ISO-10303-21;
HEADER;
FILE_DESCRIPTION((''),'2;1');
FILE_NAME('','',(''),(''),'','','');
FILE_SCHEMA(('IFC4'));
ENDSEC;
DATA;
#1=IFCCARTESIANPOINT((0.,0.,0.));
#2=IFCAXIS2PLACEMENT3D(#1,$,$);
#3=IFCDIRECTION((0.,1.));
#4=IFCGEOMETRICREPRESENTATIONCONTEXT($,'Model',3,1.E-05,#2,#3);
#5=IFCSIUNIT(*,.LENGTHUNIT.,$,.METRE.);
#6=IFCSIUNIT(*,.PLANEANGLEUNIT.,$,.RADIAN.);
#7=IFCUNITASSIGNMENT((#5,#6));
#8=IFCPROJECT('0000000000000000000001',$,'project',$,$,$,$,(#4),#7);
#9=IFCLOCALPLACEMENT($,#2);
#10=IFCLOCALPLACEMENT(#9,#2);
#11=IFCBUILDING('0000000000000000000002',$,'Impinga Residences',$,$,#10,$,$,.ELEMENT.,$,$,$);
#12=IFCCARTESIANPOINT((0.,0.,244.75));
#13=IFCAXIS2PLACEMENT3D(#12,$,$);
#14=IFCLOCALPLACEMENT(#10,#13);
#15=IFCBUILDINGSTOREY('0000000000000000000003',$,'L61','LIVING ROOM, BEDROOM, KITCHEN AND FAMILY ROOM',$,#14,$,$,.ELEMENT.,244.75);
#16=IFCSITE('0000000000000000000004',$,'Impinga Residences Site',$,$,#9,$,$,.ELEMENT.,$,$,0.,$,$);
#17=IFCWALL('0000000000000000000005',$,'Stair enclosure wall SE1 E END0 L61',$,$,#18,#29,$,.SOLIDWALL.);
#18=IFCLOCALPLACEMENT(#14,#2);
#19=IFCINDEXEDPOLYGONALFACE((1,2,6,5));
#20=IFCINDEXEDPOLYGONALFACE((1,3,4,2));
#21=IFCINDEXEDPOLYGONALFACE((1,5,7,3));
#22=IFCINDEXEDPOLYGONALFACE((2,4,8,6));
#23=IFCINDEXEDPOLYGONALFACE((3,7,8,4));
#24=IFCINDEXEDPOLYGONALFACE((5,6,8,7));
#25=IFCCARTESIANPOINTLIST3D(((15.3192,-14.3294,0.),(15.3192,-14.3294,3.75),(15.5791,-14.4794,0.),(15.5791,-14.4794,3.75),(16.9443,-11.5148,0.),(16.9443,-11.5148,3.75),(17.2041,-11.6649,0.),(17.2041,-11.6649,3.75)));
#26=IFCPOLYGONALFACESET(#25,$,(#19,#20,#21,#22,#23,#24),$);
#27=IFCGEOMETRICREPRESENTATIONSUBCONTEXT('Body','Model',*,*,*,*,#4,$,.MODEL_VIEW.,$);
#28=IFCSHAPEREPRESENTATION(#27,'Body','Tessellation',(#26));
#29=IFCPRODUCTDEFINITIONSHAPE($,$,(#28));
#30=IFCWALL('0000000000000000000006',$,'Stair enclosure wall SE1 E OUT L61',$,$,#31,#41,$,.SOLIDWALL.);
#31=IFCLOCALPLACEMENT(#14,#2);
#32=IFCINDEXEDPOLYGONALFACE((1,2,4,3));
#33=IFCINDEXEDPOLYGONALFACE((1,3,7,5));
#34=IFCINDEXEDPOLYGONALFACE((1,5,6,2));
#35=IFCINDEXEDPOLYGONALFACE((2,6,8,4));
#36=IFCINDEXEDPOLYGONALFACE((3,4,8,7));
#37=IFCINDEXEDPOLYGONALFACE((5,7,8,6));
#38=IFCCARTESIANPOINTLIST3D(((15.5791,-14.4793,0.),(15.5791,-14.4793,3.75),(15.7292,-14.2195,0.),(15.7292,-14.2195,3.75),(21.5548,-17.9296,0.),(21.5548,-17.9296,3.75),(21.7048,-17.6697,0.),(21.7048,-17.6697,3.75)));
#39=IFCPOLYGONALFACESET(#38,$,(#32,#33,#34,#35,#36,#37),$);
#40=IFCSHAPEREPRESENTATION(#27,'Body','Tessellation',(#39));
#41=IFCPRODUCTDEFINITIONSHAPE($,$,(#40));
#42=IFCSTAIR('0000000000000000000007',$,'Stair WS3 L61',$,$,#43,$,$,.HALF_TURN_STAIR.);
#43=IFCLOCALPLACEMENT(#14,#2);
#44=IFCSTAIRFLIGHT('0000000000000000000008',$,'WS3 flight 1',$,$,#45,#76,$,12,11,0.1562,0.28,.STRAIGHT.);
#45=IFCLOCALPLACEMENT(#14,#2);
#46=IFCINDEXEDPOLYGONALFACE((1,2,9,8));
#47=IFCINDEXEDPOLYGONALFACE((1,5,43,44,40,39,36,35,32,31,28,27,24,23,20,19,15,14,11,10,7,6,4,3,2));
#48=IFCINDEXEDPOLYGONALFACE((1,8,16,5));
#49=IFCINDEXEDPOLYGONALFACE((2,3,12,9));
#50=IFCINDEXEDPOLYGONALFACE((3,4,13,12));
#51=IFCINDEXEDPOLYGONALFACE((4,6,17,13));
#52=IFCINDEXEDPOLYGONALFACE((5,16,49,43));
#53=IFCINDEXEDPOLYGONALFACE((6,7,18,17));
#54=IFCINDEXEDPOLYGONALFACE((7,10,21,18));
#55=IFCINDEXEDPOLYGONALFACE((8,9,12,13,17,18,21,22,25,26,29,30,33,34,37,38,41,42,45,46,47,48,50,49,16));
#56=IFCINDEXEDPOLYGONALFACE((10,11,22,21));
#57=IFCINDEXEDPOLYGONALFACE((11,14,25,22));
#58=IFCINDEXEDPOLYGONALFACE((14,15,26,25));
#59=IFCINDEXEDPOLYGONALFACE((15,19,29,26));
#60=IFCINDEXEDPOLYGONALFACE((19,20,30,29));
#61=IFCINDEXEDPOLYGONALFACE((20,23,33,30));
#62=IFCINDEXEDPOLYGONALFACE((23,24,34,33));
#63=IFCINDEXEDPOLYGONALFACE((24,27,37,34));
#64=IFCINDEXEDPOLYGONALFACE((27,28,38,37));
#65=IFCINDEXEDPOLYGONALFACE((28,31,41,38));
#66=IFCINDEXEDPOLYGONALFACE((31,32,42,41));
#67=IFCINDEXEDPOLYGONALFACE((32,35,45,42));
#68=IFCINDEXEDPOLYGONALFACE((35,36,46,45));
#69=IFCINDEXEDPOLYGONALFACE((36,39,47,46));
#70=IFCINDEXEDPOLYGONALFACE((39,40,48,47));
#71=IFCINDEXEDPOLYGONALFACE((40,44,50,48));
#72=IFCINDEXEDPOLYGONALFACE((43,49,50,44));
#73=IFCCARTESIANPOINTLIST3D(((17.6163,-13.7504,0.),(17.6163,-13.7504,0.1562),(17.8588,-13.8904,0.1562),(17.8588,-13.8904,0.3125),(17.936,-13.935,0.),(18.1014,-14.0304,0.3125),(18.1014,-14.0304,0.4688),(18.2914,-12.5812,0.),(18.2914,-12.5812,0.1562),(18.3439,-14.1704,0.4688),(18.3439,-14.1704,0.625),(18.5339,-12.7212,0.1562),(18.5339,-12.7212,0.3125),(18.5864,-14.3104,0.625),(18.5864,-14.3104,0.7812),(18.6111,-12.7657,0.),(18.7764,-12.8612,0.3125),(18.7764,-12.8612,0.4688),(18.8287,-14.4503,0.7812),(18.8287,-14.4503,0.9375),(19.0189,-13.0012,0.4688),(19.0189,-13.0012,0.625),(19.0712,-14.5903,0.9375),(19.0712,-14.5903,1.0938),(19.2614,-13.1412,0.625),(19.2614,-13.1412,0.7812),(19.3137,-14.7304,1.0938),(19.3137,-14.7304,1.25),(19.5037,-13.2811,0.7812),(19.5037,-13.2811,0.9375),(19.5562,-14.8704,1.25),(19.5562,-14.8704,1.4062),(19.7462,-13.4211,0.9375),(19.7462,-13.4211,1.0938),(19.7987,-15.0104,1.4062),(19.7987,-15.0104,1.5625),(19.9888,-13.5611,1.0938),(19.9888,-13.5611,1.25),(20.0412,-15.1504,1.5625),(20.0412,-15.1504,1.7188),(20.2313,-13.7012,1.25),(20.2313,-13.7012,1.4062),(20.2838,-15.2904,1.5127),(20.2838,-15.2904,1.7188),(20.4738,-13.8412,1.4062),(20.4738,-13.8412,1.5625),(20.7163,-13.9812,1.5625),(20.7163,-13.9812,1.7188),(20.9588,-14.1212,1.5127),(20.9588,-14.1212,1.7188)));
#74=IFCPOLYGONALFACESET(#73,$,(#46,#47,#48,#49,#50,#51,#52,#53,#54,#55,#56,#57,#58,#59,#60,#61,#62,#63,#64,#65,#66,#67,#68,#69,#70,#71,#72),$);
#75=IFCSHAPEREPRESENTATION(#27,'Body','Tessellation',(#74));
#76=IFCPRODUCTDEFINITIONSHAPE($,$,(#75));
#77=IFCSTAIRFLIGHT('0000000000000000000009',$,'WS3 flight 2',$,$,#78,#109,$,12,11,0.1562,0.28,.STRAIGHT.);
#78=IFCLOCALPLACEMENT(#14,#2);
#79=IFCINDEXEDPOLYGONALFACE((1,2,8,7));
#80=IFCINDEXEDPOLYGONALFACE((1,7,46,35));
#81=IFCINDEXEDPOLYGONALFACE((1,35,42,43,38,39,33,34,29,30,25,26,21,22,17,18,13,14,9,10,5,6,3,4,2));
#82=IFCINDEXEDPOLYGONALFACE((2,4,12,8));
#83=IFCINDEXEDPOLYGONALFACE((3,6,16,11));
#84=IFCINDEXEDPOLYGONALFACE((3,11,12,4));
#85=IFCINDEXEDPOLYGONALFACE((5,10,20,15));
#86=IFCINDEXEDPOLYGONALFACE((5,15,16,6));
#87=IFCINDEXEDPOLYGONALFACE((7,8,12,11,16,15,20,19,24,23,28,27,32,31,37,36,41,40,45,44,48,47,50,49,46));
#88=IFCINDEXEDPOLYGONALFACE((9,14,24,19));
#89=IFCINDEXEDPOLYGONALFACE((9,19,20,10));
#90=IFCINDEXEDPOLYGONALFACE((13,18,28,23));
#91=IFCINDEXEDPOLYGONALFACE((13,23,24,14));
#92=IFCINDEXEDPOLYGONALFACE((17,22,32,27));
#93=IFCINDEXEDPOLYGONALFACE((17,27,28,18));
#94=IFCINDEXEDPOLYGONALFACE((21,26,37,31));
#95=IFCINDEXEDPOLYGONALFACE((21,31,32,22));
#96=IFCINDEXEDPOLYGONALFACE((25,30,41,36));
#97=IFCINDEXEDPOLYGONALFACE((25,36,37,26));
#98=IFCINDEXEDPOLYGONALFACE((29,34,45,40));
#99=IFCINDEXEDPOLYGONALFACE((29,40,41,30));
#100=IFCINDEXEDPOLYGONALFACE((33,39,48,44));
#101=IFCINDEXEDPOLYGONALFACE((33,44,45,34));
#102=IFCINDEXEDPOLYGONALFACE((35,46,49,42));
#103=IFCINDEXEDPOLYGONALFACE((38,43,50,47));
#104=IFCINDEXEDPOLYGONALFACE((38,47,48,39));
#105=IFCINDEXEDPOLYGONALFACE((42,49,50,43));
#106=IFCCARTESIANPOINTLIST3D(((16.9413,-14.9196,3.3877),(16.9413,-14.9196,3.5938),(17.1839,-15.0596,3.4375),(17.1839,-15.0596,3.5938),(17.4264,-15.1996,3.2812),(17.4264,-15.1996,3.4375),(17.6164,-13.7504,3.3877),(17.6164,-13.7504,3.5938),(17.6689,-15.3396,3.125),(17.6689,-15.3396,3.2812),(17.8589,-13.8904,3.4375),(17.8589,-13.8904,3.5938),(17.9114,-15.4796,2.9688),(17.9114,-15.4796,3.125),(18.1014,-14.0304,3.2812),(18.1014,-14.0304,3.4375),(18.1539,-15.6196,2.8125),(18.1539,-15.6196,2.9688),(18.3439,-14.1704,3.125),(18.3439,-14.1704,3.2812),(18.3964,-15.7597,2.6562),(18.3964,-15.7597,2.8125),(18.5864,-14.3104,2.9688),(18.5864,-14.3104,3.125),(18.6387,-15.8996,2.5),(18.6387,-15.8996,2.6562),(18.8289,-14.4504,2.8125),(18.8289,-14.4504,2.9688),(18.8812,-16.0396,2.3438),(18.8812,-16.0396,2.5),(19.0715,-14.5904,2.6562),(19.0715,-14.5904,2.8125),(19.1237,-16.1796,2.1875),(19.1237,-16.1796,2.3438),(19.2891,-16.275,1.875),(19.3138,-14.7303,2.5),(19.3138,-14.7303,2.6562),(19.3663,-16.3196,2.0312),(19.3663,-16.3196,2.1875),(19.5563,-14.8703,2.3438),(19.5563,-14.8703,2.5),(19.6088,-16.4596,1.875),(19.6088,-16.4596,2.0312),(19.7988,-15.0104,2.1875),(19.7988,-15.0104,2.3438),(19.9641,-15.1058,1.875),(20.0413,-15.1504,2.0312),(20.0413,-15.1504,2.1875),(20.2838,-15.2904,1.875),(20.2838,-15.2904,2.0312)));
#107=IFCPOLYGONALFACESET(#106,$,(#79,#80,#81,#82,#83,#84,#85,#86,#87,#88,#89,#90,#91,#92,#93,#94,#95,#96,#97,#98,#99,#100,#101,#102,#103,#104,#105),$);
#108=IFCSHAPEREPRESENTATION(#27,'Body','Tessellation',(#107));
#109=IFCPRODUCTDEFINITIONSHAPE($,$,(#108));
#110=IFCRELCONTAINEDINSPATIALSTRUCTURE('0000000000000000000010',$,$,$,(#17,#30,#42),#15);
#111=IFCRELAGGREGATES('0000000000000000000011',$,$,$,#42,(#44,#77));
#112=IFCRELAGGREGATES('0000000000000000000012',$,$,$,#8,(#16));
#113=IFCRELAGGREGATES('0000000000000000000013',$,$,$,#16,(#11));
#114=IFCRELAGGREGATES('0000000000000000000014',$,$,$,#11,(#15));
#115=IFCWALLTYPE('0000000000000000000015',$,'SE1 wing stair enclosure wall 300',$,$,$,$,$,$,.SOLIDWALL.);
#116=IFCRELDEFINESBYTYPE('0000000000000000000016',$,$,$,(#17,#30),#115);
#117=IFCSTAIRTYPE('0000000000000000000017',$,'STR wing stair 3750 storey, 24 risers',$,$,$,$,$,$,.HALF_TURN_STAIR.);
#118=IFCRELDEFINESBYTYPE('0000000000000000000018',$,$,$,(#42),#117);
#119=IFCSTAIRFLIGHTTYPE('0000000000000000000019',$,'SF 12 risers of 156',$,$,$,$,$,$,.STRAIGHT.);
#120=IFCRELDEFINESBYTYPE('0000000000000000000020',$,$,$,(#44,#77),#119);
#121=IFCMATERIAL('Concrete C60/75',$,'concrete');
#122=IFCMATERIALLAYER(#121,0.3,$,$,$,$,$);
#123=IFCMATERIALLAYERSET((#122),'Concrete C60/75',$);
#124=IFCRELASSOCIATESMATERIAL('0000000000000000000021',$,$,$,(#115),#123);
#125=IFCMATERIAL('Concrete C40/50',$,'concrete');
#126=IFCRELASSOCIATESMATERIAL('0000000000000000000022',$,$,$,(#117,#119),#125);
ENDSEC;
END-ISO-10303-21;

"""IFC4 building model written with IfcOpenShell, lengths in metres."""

from ifc_helpers import new_model, si_unit, direction, frame, frame_2d, origin, place, context, subcontext, project, spatial, polyline, rectangle, outline, extrude, material, layer, layer_set, type_object, element, aggregate, save


model = new_model("IFC4")

# Units and contexts
model_context = context("Model", 3, precision=1e-05, world=origin(), true_north=direction((0.0, 1.0)))
body_context = subcontext(model_context, "Body", "Model", "MODEL_VIEW")
ifc_project = project(units=[si_unit("LENGTHUNIT", "METRE"), si_unit("PLANEANGLEUNIT", "RADIAN")], contexts=[model_context])

# Site, building, storey
site_placement = place(None, origin())
site = spatial("IfcSite", under=ifc_project, at=site_placement, Name="Impinga Residences Site", CompositionType="ELEMENT", RefElevation=0.0)
building_placement = place(site_placement, origin())
building = spatial("IfcBuilding", under=site, at=building_placement, Name="Impinga Residences", CompositionType="ELEMENT")
storey_placement = place(building_placement, frame((0.0, 0.0, 244.75)))
storey = spatial("IfcBuildingStorey", under=building, at=storey_placement, Name="L61", Description="LIVING ROOM, BEDROOM, KITCHEN AND FAMILY ROOM", CompositionType="ELEMENT", Elevation=244.75)

# Shared definitions
ifc_material_1 = material(Name="Concrete C60/75", Category="concrete")

# Walls
ifc_layer_1 = layer(ifc_material_1, 0.3)
ifc_layer_set_1 = layer_set([ifc_layer_1], Name="Concrete C60/75")
wall_type_1 = type_object("IfcWallType", Name="SE1 wing stair enclosure wall 300", PredefinedType="SOLIDWALL", material=ifc_layer_set_1)
wall_1_placement = place(storey_placement, frame((17.0742, -11.5898, 0.0), z_axis=(0.0, 0.0, 1.0), x_axis=(-0.500017, -0.866015, 0.0)))
element("IfcWall", 1, at=wall_1_placement, inside=storey, type_object=wall_type_1, Name="Stair enclosure wall SE1 E END0 L61", PredefinedType="SOLIDWALL", context=body_context, shape_type="SweptSolid", body=[
    extrude(rectangle(XDim=3.25, YDim=0.3, at=frame_2d((1.625, 0.0))), origin(), (0.0, 0.0, 1.0), 3.75),
])
wall_2_placement = place(storey_placement, frame((15.6541, -14.3494, 0.0), z_axis=(0.0, 0.0, 1.0), x_axis=(0.866014, -0.500021, 0.0)))
element("IfcWall", 2, at=wall_2_placement, inside=storey, type_object=wall_type_1, Name="Stair enclosure wall SE1 E OUT L61", PredefinedType="SOLIDWALL", context=body_context, shape_type="SweptSolid", body=[
    extrude(rectangle(XDim=6.9001, YDim=0.3, at=frame_2d((3.4502, 0.0))), origin(), (0.0, 0.0, 1.0), 3.75),
])

# Stair, stair flights
ifc_material_2 = material(Name="Concrete C40/50", Category="concrete")
stair_type = type_object("IfcStairType", Name="STR wing stair 3750 storey, 24 risers", PredefinedType="HALF_TURN_STAIR", material=ifc_material_2)
stair_placement = place(storey_placement, origin())
stair = element("IfcStair", 3, at=stair_placement, inside=storey, type_object=stair_type, Name="Stair WS3 L61", PredefinedType="HALF_TURN_STAIR")
stair_flight_type = type_object("IfcStairFlightType", Name="SF 12 risers of 156", PredefinedType="STRAIGHT", material=ifc_material_2)
stair_flight_1_placement = place(storey_placement, frame((17.9539, -13.1658, 0.0), z_axis=(0.0, 0.0, 1.0), x_axis=(0.866025, -0.5, 0.0)))
stair_flight_1 = element("IfcStairFlight", 4, at=stair_flight_1_placement, type_object=stair_flight_type, Name="WS3 flight 1", NumberOfRisers=12, NumberOfTreads=11, PredefinedType="STRAIGHT", RiserHeight=0.1562, TreadLength=0.28, context=body_context, shape_type="SweptSolid", body=[
    extrude(outline(polyline([(0.0, 0.0), (0.0, 0.1562), (0.28, 0.1562), (0.28, 0.3125), (0.5601, 0.3125), (0.5601, 0.4688), (0.8401, 0.4688), (0.8401, 0.625), (1.1201, 0.625), (1.1201, 0.7812), (1.3999, 0.7812), (1.3999, 0.9375), (1.6799, 0.9375), (1.6799, 1.0938), (1.96, 1.0938), (1.96, 1.25), (2.24, 1.25), (2.24, 1.4062), (2.52, 1.4062), (2.52, 1.5625), (2.8, 1.5625), (2.8, 1.7188), (3.0801, 1.7188), (3.0801, 1.875), (3.0801, 1.5127), (0.3691, 0.0), (0.0, 0.0)])), frame((0.0, 0.675, 0.0), z_axis=(0.0, -1.0, 0.0), x_axis=(1.0, 0.0, 0.0)), (0.0, 0.0, 1.0), 1.3501),
])
stair_flight_2_placement = place(storey_placement, frame((19.9463, -15.875, 1.875), z_axis=(0.0, 0.0, 1.0), x_axis=(-0.866025, 0.5, 0.0)))
stair_flight_2 = element("IfcStairFlight", 5, at=stair_flight_2_placement, type_object=stair_flight_type, Name="WS3 flight 2", NumberOfRisers=12, NumberOfTreads=11, PredefinedType="STRAIGHT", RiserHeight=0.1562, TreadLength=0.28, context=body_context, shape_type="SweptSolid", body=[
    extrude(outline(polyline([(0.0, 0.0), (0.0, 0.1562), (0.28, 0.1562), (0.28, 0.3125), (0.5601, 0.3125), (0.5601, 0.4688), (0.8401, 0.4688), (0.8401, 0.625), (1.1201, 0.625), (1.1201, 0.7812), (1.3999, 0.7812), (1.3999, 0.9375), (1.6799, 0.9375), (1.6799, 1.0938), (1.96, 1.0938), (1.96, 1.25), (2.24, 1.25), (2.24, 1.4062), (2.52, 1.4062), (2.52, 1.5625), (2.8, 1.5625), (2.8, 1.7188), (3.0801, 1.7188), (3.0801, 1.875), (3.0801, 1.5127), (0.3691, 0.0), (0.0, 0.0)])), frame((0.0, 0.675, 0.0), z_axis=(0.0, -1.0, 0.0), x_axis=(1.0, 0.0, 0.0)), (0.0, 0.0, 1.0), 1.3501),
])
aggregate(stair, [stair_flight_1, stair_flight_2])

save(model, "model.ifc")
